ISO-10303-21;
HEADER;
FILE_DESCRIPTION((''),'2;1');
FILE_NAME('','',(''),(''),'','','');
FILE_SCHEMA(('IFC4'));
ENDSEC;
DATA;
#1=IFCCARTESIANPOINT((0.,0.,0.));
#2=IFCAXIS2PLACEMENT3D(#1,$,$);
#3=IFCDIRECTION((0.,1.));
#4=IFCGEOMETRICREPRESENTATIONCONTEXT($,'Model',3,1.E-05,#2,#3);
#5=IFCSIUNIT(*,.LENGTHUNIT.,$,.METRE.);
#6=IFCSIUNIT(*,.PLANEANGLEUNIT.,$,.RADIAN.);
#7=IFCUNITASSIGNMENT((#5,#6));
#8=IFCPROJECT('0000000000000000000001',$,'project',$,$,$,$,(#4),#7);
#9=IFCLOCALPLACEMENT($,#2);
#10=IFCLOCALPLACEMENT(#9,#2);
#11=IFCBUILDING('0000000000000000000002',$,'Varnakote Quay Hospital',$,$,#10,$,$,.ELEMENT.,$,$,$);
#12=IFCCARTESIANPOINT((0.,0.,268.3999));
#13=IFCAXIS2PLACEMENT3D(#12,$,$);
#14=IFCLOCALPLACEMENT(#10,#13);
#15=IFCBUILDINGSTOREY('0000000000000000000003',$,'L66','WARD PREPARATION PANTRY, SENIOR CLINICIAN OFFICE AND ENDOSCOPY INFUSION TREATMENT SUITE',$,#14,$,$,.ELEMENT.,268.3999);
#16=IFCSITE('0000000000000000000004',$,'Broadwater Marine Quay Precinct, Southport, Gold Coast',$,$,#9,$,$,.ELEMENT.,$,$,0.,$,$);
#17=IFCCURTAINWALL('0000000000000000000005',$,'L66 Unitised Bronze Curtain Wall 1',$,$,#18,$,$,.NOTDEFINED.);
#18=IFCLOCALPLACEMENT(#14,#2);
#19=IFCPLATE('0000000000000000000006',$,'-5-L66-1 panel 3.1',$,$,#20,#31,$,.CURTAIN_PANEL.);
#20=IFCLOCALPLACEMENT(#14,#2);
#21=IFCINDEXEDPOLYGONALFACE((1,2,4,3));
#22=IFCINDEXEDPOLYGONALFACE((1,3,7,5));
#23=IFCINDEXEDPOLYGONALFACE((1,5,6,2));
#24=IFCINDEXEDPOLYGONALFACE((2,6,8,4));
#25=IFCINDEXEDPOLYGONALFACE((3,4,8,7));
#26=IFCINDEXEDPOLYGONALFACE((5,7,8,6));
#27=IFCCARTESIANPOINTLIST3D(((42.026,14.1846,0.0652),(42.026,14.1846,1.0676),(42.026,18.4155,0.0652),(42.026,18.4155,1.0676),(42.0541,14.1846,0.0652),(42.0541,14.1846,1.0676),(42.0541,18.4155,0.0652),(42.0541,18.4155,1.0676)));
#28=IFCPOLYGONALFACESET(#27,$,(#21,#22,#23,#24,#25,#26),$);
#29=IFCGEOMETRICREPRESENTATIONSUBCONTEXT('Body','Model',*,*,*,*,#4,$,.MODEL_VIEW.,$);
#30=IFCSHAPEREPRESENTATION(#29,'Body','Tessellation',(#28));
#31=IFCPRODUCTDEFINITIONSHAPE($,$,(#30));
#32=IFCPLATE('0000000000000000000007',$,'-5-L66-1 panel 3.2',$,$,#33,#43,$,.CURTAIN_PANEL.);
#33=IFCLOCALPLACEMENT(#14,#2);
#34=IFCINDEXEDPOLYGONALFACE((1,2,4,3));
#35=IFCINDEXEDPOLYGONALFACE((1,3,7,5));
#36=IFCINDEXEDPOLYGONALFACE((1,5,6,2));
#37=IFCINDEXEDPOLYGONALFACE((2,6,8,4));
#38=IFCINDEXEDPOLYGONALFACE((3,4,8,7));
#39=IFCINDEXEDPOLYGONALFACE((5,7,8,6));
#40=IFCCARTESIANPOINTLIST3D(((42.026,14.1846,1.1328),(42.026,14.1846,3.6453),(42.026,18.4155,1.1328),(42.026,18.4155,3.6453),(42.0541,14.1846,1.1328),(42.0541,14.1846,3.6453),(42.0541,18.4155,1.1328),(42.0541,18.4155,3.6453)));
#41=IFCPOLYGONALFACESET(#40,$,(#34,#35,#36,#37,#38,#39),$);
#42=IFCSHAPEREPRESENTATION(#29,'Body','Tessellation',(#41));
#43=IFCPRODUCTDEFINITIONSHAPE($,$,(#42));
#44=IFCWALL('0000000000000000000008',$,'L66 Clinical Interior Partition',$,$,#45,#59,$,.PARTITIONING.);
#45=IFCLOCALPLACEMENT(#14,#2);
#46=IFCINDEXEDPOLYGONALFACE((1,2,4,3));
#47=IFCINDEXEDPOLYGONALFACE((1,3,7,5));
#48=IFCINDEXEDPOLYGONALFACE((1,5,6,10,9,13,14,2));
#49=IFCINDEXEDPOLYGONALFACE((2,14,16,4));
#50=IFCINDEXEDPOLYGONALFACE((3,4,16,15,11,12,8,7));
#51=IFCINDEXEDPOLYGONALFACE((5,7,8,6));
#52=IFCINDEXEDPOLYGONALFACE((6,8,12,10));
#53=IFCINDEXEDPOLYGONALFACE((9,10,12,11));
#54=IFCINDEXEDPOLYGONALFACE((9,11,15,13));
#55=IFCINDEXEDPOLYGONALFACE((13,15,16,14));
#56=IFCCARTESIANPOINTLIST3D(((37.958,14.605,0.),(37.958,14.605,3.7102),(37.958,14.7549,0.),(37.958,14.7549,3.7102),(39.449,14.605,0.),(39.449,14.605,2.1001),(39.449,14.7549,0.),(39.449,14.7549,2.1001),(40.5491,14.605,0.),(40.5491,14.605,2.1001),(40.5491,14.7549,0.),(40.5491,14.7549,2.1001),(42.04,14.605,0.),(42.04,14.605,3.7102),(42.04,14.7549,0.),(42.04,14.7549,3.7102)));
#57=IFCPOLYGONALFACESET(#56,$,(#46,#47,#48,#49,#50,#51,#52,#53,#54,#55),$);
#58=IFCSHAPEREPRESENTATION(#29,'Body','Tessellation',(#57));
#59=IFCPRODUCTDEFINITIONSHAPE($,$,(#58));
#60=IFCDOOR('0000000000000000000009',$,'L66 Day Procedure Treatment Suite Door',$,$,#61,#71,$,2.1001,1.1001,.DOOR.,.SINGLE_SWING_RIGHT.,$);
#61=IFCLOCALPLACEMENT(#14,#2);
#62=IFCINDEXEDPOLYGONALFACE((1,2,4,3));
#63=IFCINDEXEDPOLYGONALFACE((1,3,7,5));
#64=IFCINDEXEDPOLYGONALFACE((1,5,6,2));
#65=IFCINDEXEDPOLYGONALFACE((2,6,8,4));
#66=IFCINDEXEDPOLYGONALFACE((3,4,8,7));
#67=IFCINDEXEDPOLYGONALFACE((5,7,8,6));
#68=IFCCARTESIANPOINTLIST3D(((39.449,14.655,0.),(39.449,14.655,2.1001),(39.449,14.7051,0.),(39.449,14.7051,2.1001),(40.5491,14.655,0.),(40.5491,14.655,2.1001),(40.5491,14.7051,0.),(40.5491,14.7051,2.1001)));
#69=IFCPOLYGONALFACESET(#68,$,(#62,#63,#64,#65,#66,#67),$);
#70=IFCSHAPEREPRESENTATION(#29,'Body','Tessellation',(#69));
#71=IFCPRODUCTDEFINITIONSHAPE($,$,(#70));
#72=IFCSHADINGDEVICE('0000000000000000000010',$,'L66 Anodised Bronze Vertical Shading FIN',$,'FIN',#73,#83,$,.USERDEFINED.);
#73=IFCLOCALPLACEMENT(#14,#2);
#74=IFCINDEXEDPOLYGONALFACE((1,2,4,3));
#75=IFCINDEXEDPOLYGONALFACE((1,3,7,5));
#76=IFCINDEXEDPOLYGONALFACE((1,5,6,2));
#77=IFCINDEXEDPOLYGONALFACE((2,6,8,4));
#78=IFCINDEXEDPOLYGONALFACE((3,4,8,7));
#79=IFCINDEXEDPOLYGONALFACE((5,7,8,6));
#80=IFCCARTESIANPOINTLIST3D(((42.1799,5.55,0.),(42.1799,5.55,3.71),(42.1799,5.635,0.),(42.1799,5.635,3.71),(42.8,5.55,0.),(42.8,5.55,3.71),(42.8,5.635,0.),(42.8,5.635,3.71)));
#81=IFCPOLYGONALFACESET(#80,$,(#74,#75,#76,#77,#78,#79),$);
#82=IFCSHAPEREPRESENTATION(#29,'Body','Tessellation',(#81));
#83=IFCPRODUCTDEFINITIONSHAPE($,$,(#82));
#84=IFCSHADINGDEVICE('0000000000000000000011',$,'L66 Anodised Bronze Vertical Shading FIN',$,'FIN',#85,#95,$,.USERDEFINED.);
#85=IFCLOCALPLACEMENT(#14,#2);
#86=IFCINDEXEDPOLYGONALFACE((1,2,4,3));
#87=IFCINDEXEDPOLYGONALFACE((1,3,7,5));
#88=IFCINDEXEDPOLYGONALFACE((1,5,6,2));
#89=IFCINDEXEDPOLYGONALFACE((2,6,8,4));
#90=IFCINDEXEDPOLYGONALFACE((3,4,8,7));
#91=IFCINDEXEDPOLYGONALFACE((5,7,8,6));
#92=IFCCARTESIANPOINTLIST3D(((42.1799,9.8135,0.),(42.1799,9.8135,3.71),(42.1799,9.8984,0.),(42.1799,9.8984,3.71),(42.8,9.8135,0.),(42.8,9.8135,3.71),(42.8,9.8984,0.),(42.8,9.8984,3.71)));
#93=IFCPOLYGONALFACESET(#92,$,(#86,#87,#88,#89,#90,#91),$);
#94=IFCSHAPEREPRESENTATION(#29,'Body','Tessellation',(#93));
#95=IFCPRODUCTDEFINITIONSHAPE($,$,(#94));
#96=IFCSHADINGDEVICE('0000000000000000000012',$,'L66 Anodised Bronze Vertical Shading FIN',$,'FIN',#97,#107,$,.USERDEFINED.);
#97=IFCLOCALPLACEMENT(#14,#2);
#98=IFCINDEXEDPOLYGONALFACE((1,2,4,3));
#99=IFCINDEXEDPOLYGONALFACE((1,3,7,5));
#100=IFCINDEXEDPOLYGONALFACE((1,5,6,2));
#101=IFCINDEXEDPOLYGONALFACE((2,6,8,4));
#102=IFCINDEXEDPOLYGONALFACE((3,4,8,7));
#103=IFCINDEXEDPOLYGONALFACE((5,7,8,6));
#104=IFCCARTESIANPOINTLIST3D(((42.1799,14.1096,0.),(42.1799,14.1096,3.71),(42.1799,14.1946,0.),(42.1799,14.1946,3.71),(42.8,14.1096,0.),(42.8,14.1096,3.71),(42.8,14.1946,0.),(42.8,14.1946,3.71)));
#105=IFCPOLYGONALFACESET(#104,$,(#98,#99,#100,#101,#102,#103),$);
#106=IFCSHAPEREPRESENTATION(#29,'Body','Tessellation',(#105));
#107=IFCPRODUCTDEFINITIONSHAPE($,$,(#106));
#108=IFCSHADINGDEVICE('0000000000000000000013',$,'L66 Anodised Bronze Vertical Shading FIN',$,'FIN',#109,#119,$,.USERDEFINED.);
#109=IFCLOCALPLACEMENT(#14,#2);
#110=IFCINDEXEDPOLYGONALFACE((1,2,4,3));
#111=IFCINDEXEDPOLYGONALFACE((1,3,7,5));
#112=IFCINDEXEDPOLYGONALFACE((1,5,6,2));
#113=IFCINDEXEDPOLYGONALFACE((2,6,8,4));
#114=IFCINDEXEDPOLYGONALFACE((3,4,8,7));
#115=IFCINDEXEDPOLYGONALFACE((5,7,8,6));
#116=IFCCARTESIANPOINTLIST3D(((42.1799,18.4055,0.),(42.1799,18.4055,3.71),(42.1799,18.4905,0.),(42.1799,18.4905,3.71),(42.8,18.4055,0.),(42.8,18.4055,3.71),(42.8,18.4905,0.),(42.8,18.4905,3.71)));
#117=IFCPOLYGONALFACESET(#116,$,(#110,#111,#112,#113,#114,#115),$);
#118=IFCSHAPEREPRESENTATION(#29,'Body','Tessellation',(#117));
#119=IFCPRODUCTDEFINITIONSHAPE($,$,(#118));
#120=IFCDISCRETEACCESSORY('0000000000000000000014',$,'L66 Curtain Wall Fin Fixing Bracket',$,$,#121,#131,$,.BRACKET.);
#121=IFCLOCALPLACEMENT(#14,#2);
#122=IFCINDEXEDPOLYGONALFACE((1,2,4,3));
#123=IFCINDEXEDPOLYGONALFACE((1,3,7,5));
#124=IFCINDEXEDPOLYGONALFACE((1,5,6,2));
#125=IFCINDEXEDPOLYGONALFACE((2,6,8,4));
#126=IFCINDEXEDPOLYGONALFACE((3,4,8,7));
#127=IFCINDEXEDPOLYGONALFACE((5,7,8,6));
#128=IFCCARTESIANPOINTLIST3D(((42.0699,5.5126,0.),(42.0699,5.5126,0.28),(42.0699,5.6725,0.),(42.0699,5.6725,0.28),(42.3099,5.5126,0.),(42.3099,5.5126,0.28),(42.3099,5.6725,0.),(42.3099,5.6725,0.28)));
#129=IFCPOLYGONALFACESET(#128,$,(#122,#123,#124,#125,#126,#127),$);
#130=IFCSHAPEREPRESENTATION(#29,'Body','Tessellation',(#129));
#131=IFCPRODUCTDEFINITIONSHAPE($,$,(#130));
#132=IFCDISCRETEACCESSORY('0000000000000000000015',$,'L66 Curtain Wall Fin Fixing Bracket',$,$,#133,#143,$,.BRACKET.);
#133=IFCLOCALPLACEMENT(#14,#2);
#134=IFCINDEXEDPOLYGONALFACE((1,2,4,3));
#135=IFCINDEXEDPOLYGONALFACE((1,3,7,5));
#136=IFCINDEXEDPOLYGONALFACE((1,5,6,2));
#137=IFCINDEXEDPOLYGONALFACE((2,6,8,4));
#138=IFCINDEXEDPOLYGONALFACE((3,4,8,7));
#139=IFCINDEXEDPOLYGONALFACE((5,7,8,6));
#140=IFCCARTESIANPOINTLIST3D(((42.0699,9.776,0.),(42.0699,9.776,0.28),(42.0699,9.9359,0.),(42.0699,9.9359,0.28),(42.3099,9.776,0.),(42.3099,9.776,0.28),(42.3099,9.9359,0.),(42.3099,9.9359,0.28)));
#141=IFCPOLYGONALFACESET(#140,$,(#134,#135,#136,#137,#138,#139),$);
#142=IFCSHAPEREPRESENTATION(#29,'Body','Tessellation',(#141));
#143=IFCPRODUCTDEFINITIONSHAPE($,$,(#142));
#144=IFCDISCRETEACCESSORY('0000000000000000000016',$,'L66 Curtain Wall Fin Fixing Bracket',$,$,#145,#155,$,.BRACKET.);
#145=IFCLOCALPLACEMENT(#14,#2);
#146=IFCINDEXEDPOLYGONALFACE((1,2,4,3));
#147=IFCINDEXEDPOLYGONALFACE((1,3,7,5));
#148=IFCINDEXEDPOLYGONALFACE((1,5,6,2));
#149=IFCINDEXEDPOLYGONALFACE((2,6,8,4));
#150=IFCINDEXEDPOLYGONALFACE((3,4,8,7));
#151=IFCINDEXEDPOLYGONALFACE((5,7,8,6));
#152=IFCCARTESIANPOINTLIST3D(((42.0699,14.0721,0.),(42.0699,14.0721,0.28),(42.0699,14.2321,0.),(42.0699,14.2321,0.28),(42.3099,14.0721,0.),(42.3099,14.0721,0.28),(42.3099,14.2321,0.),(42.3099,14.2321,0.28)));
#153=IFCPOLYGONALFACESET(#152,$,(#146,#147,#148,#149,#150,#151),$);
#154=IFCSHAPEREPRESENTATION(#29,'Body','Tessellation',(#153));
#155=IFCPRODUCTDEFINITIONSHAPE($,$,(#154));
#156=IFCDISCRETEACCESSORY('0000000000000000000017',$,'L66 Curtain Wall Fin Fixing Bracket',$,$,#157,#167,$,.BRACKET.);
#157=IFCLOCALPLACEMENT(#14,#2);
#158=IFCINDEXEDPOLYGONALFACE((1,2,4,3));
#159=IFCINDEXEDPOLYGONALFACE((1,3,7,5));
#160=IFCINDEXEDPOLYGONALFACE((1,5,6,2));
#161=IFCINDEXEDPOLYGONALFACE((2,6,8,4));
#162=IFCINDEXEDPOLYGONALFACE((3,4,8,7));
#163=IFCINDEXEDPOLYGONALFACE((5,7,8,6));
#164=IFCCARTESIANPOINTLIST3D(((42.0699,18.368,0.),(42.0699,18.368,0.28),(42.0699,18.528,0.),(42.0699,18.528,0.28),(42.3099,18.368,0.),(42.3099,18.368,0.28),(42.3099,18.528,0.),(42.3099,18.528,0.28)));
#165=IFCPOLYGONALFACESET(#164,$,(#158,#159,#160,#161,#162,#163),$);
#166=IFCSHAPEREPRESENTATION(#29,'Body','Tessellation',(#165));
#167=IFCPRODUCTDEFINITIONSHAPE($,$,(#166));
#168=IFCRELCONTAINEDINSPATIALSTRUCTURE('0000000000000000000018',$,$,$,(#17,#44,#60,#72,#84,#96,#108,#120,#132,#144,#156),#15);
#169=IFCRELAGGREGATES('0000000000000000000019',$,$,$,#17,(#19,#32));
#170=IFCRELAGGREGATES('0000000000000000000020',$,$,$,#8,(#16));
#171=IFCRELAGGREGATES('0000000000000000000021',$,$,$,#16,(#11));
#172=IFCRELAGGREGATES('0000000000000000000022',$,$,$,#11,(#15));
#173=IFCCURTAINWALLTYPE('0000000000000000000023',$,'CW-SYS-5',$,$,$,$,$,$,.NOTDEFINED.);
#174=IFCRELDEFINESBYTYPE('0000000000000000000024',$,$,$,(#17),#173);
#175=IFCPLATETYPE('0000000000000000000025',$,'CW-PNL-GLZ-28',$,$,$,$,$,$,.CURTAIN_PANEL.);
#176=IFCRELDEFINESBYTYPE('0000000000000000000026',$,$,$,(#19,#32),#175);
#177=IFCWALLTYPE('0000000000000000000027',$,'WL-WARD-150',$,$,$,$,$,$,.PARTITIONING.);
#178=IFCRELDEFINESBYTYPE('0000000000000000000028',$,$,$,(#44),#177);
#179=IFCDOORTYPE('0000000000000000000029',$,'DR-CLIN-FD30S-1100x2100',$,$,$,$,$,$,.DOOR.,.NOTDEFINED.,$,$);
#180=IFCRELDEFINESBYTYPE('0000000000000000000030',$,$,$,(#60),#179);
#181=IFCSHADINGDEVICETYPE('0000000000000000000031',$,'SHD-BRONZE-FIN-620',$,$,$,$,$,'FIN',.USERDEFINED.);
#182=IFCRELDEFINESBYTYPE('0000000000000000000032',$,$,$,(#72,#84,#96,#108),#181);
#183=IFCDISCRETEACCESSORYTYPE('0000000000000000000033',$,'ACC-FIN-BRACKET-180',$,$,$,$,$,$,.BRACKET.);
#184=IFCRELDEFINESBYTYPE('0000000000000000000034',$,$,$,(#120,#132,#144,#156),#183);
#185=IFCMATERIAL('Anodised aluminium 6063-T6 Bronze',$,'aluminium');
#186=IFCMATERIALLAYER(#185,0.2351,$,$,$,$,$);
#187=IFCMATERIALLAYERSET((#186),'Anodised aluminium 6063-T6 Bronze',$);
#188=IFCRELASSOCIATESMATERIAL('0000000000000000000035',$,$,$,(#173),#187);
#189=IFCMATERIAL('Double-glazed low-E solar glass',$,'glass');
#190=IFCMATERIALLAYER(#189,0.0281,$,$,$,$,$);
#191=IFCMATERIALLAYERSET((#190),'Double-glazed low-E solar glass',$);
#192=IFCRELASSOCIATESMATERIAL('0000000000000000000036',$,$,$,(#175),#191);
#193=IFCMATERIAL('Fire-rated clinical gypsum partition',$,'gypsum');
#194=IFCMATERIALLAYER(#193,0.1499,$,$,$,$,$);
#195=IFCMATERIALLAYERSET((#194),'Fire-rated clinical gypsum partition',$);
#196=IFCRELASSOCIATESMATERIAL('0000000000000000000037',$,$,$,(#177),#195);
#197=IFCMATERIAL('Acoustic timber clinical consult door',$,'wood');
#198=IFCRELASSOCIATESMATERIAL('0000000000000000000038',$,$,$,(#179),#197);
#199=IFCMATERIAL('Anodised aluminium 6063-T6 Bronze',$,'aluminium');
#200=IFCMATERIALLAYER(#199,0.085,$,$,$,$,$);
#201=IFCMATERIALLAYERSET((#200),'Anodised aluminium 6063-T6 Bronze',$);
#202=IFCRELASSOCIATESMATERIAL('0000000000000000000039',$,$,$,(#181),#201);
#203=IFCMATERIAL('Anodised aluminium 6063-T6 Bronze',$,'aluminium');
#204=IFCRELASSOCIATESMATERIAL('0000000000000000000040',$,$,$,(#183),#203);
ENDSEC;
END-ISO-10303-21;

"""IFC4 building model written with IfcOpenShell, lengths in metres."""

from ifc_helpers import new_model, si_unit, direction, frame, frame_2d, origin, origin_2d, place, context, subcontext, project, spatial, rectangle, extrude, material, layer, layer_set, type_object, element, fill, aggregate, save


model = new_model("IFC4")

# Units and contexts
model_context = context("Model", 3, precision=1e-05, world=origin(), true_north=direction((0.0, 1.0)))
body_context = subcontext(model_context, "Body", "Model", "MODEL_VIEW")
ifc_project = project(units=[si_unit("LENGTHUNIT", "METRE"), si_unit("PLANEANGLEUNIT", "RADIAN")], contexts=[model_context])

# Site, building, storey
site_placement = place(None, origin())
site = spatial("IfcSite", under=ifc_project, at=site_placement, Name="Broadwater Marine Quay Precinct, Southport, Gold Coast", CompositionType="ELEMENT", RefElevation=0.0)
building_placement = place(site_placement, origin())
building = spatial("IfcBuilding", under=site, at=building_placement, Name="Varnakote Quay Hospital", CompositionType="ELEMENT")
storey_placement = place(building_placement, frame((0.0, 0.0, 268.3999)))
storey = spatial("IfcBuildingStorey", under=building, at=storey_placement, Name="L66", Description="WARD PREPARATION PANTRY, SENIOR CLINICIAN OFFICE AND ENDOSCOPY INFUSION TREATMENT SUITE", CompositionType="ELEMENT", Elevation=268.3999)

# Curtain wall, plates
ifc_material_1 = material(Name="Anodised aluminium 6063-T6 Bronze", Category="aluminium")
ifc_layer_1 = layer(ifc_material_1, 0.2351)
ifc_layer_set_1 = layer_set([ifc_layer_1], Name="Anodised aluminium 6063-T6 Bronze")
curtain_wall_type = type_object("IfcCurtainWallType", Name="CW-SYS-5", PredefinedType="NOTDEFINED", material=ifc_layer_set_1)
curtain_wall_placement = place(storey_placement, origin())
curtain_wall = element("IfcCurtainWall", 1, at=curtain_wall_placement, inside=storey, type_object=curtain_wall_type, Name="L66 Unitised Bronze Curtain Wall 1", PredefinedType="NOTDEFINED")
ifc_material_2 = material(Name="Double-glazed low-E solar glass", Category="glass")
ifc_layer_2 = layer(ifc_material_2, 0.0281)
ifc_layer_set_2 = layer_set([ifc_layer_2], Name="Double-glazed low-E solar glass")
plate_type = type_object("IfcPlateType", Name="CW-PNL-GLZ-28", PredefinedType="CURTAIN_PANEL", material=ifc_layer_set_2)
plate_1_placement = place(storey_placement, frame((42.04, 16.3, 0.0652), z_axis=(0.0, 0.0, 1.0), x_axis=(0.0, 1.0, 0.0)))
plate_1 = element("IfcPlate", 2, at=plate_1_placement, type_object=plate_type, Name="-5-L66-1 panel 3.1", PredefinedType="CURTAIN_PANEL", context=body_context, shape_type="SweptSolid", body=[
    extrude(rectangle(XDim=4.231, YDim=0.0281, at=origin_2d()), origin(), (0.0, 0.0, 1.0), 1.0024),
])
plate_2_placement = place(storey_placement, frame((42.04, 16.3, 1.1328), z_axis=(0.0, 0.0, 1.0), x_axis=(0.0, 1.0, 0.0)))
plate_2 = element("IfcPlate", 3, at=plate_2_placement, type_object=plate_type, Name="-5-L66-1 panel 3.2", PredefinedType="CURTAIN_PANEL", context=body_context, shape_type="SweptSolid", body=[
    extrude(rectangle(XDim=4.231, YDim=0.0281, at=origin_2d()), origin(), (0.0, 0.0, 1.0), 2.5125),
])
aggregate(curtain_wall, [plate_1, plate_2])

# Wall, opening, door
ifc_material_3 = material(Name="Fire-rated clinical gypsum partition", Category="gypsum")
ifc_layer_3 = layer(ifc_material_3, 0.1499)
ifc_layer_set_3 = layer_set([ifc_layer_3], Name="Fire-rated clinical gypsum partition")
wall_type = type_object("IfcWallType", Name="WL-WARD-150", PredefinedType="PARTITIONING", material=ifc_layer_set_3)
wall_placement = place(storey_placement, frame((42.04, 14.6799, 0.0), z_axis=(0.0, 0.0, 1.0), x_axis=(-1.0, 0.0, 0.0)))
wall = element("IfcWall", 4, at=wall_placement, inside=storey, type_object=wall_type, Name="L66 Clinical Interior Partition", PredefinedType="PARTITIONING", context=body_context, shape_type="SweptSolid", body=[
    extrude(rectangle(XDim=4.082, YDim=0.1499, at=frame_2d((2.041, 0.0))), origin(), (0.0, 0.0, 1.0), 3.7102),
])
opening_placement = place(wall_placement, frame((1.491, 0.0, 0.0)))
opening = element("IfcOpeningElement", 5, at=opening_placement, cuts=wall, PredefinedType="OPENING", context=body_context, shape_type="SweptSolid", body=[
    extrude(rectangle(XDim=1.1001, YDim=2.1001, at=frame_2d((0.55, 1.05))), frame((0.0, 0.085, 0.0), z_axis=(0.0, -1.0, 0.0), x_axis=(1.0, 0.0, 0.0)), (0.0, 0.0, 1.0), 0.1699),
])
ifc_material_4 = material(Name="Acoustic timber clinical consult door", Category="wood")
door_type = type_object("IfcDoorType", Name="DR-CLIN-FD30S-1100x2100", OperationType="NOTDEFINED", PredefinedType="DOOR", material=ifc_material_4)
door_placement = place(opening_placement, origin())
door = element("IfcDoor", 6, at=door_placement, inside=storey, type_object=door_type, Name="L66 Day Procedure Treatment Suite Door", OperationType="SINGLE_SWING_RIGHT", OverallHeight=2.1001, OverallWidth=1.1001, PredefinedType="DOOR", context=body_context, shape_type="SweptSolid", body=[
    extrude(rectangle(XDim=1.1001, YDim=2.1001, at=frame_2d((0.55, 1.05))), frame((0.0, 0.0249, 0.0), z_axis=(0.0, -1.0, 0.0), x_axis=(1.0, 0.0, 0.0)), (0.0, 0.0, 1.0), 0.05),
])
fill(opening, door)

# Shading devices
ifc_material_5 = material(Name="Anodised aluminium 6063-T6 Bronze", Category="aluminium")
ifc_layer_4 = layer(ifc_material_5, 0.085)
ifc_layer_set_4 = layer_set([ifc_layer_4], Name="Anodised aluminium 6063-T6 Bronze")
shading_device_type = type_object("IfcShadingDeviceType", Name="SHD-BRONZE-FIN-620", ElementType="FIN", PredefinedType="USERDEFINED", material=ifc_layer_set_4)
for number, where, z_axis, x_axis, name in (
    (7, (42.49, 5.5925, 0.0), (0.0, 0.0, 1.0), (-1.0, 0.0, 0.0), "L66 Anodised Bronze Vertical Shading FIN"),
    (8, (42.49, 9.856, 0.0), (0.0, 0.0, 1.0), (-1.0, 0.0, 0.0), "L66 Anodised Bronze Vertical Shading FIN"),
    (9, (42.49, 14.1521, 0.0), (0.0, 0.0, 1.0), (-1.0, 0.0, 0.0), "L66 Anodised Bronze Vertical Shading FIN"),
    (10, (42.49, 18.448, 0.0), (0.0, 0.0, 1.0), (-1.0, 0.0, 0.0), "L66 Anodised Bronze Vertical Shading FIN"),
):
    element("IfcShadingDevice", number, at=place(storey_placement, frame(where, z_axis=z_axis, x_axis=x_axis)), inside=storey, type_object=shading_device_type, Name=name, ObjectType="FIN", PredefinedType="USERDEFINED", context=body_context, shape_type="SweptSolid", body=[
        extrude(rectangle(XDim=0.6201, YDim=0.085, at=origin_2d()), origin(), (0.0, 0.0, 1.0), 3.71),
    ])

# Discrete accessories
ifc_material_6 = material(Name="Anodised aluminium 6063-T6 Bronze", Category="aluminium")
discrete_accessory_type = type_object("IfcDiscreteAccessoryType", Name="ACC-FIN-BRACKET-180", PredefinedType="BRACKET", material=ifc_material_6)
for number, where, z_axis, x_axis, name in (
    (11, (42.1899, 5.5925, 0.0), (0.0, 0.0, 1.0), (0.0, 1.0, 0.0), "L66 Curtain Wall Fin Fixing Bracket"),
    (12, (42.1899, 9.856, 0.0), (0.0, 0.0, 1.0), (0.0, 1.0, 0.0), "L66 Curtain Wall Fin Fixing Bracket"),
    (13, (42.1899, 14.1521, 0.0), (0.0, 0.0, 1.0), (0.0, 1.0, 0.0), "L66 Curtain Wall Fin Fixing Bracket"),
    (14, (42.1899, 18.448, 0.0), (0.0, 0.0, 1.0), (0.0, 1.0, 0.0), "L66 Curtain Wall Fin Fixing Bracket"),
):
    element("IfcDiscreteAccessory", number, at=place(storey_placement, frame(where, z_axis=z_axis, x_axis=x_axis)), inside=storey, type_object=discrete_accessory_type, Name=name, PredefinedType="BRACKET", context=body_context, shape_type="SweptSolid", body=[
        extrude(rectangle(XDim=0.1599, YDim=0.24, at=origin_2d()), origin(), (0.0, 0.0, 1.0), 0.28),
    ])

save(model, "model.ifc")
